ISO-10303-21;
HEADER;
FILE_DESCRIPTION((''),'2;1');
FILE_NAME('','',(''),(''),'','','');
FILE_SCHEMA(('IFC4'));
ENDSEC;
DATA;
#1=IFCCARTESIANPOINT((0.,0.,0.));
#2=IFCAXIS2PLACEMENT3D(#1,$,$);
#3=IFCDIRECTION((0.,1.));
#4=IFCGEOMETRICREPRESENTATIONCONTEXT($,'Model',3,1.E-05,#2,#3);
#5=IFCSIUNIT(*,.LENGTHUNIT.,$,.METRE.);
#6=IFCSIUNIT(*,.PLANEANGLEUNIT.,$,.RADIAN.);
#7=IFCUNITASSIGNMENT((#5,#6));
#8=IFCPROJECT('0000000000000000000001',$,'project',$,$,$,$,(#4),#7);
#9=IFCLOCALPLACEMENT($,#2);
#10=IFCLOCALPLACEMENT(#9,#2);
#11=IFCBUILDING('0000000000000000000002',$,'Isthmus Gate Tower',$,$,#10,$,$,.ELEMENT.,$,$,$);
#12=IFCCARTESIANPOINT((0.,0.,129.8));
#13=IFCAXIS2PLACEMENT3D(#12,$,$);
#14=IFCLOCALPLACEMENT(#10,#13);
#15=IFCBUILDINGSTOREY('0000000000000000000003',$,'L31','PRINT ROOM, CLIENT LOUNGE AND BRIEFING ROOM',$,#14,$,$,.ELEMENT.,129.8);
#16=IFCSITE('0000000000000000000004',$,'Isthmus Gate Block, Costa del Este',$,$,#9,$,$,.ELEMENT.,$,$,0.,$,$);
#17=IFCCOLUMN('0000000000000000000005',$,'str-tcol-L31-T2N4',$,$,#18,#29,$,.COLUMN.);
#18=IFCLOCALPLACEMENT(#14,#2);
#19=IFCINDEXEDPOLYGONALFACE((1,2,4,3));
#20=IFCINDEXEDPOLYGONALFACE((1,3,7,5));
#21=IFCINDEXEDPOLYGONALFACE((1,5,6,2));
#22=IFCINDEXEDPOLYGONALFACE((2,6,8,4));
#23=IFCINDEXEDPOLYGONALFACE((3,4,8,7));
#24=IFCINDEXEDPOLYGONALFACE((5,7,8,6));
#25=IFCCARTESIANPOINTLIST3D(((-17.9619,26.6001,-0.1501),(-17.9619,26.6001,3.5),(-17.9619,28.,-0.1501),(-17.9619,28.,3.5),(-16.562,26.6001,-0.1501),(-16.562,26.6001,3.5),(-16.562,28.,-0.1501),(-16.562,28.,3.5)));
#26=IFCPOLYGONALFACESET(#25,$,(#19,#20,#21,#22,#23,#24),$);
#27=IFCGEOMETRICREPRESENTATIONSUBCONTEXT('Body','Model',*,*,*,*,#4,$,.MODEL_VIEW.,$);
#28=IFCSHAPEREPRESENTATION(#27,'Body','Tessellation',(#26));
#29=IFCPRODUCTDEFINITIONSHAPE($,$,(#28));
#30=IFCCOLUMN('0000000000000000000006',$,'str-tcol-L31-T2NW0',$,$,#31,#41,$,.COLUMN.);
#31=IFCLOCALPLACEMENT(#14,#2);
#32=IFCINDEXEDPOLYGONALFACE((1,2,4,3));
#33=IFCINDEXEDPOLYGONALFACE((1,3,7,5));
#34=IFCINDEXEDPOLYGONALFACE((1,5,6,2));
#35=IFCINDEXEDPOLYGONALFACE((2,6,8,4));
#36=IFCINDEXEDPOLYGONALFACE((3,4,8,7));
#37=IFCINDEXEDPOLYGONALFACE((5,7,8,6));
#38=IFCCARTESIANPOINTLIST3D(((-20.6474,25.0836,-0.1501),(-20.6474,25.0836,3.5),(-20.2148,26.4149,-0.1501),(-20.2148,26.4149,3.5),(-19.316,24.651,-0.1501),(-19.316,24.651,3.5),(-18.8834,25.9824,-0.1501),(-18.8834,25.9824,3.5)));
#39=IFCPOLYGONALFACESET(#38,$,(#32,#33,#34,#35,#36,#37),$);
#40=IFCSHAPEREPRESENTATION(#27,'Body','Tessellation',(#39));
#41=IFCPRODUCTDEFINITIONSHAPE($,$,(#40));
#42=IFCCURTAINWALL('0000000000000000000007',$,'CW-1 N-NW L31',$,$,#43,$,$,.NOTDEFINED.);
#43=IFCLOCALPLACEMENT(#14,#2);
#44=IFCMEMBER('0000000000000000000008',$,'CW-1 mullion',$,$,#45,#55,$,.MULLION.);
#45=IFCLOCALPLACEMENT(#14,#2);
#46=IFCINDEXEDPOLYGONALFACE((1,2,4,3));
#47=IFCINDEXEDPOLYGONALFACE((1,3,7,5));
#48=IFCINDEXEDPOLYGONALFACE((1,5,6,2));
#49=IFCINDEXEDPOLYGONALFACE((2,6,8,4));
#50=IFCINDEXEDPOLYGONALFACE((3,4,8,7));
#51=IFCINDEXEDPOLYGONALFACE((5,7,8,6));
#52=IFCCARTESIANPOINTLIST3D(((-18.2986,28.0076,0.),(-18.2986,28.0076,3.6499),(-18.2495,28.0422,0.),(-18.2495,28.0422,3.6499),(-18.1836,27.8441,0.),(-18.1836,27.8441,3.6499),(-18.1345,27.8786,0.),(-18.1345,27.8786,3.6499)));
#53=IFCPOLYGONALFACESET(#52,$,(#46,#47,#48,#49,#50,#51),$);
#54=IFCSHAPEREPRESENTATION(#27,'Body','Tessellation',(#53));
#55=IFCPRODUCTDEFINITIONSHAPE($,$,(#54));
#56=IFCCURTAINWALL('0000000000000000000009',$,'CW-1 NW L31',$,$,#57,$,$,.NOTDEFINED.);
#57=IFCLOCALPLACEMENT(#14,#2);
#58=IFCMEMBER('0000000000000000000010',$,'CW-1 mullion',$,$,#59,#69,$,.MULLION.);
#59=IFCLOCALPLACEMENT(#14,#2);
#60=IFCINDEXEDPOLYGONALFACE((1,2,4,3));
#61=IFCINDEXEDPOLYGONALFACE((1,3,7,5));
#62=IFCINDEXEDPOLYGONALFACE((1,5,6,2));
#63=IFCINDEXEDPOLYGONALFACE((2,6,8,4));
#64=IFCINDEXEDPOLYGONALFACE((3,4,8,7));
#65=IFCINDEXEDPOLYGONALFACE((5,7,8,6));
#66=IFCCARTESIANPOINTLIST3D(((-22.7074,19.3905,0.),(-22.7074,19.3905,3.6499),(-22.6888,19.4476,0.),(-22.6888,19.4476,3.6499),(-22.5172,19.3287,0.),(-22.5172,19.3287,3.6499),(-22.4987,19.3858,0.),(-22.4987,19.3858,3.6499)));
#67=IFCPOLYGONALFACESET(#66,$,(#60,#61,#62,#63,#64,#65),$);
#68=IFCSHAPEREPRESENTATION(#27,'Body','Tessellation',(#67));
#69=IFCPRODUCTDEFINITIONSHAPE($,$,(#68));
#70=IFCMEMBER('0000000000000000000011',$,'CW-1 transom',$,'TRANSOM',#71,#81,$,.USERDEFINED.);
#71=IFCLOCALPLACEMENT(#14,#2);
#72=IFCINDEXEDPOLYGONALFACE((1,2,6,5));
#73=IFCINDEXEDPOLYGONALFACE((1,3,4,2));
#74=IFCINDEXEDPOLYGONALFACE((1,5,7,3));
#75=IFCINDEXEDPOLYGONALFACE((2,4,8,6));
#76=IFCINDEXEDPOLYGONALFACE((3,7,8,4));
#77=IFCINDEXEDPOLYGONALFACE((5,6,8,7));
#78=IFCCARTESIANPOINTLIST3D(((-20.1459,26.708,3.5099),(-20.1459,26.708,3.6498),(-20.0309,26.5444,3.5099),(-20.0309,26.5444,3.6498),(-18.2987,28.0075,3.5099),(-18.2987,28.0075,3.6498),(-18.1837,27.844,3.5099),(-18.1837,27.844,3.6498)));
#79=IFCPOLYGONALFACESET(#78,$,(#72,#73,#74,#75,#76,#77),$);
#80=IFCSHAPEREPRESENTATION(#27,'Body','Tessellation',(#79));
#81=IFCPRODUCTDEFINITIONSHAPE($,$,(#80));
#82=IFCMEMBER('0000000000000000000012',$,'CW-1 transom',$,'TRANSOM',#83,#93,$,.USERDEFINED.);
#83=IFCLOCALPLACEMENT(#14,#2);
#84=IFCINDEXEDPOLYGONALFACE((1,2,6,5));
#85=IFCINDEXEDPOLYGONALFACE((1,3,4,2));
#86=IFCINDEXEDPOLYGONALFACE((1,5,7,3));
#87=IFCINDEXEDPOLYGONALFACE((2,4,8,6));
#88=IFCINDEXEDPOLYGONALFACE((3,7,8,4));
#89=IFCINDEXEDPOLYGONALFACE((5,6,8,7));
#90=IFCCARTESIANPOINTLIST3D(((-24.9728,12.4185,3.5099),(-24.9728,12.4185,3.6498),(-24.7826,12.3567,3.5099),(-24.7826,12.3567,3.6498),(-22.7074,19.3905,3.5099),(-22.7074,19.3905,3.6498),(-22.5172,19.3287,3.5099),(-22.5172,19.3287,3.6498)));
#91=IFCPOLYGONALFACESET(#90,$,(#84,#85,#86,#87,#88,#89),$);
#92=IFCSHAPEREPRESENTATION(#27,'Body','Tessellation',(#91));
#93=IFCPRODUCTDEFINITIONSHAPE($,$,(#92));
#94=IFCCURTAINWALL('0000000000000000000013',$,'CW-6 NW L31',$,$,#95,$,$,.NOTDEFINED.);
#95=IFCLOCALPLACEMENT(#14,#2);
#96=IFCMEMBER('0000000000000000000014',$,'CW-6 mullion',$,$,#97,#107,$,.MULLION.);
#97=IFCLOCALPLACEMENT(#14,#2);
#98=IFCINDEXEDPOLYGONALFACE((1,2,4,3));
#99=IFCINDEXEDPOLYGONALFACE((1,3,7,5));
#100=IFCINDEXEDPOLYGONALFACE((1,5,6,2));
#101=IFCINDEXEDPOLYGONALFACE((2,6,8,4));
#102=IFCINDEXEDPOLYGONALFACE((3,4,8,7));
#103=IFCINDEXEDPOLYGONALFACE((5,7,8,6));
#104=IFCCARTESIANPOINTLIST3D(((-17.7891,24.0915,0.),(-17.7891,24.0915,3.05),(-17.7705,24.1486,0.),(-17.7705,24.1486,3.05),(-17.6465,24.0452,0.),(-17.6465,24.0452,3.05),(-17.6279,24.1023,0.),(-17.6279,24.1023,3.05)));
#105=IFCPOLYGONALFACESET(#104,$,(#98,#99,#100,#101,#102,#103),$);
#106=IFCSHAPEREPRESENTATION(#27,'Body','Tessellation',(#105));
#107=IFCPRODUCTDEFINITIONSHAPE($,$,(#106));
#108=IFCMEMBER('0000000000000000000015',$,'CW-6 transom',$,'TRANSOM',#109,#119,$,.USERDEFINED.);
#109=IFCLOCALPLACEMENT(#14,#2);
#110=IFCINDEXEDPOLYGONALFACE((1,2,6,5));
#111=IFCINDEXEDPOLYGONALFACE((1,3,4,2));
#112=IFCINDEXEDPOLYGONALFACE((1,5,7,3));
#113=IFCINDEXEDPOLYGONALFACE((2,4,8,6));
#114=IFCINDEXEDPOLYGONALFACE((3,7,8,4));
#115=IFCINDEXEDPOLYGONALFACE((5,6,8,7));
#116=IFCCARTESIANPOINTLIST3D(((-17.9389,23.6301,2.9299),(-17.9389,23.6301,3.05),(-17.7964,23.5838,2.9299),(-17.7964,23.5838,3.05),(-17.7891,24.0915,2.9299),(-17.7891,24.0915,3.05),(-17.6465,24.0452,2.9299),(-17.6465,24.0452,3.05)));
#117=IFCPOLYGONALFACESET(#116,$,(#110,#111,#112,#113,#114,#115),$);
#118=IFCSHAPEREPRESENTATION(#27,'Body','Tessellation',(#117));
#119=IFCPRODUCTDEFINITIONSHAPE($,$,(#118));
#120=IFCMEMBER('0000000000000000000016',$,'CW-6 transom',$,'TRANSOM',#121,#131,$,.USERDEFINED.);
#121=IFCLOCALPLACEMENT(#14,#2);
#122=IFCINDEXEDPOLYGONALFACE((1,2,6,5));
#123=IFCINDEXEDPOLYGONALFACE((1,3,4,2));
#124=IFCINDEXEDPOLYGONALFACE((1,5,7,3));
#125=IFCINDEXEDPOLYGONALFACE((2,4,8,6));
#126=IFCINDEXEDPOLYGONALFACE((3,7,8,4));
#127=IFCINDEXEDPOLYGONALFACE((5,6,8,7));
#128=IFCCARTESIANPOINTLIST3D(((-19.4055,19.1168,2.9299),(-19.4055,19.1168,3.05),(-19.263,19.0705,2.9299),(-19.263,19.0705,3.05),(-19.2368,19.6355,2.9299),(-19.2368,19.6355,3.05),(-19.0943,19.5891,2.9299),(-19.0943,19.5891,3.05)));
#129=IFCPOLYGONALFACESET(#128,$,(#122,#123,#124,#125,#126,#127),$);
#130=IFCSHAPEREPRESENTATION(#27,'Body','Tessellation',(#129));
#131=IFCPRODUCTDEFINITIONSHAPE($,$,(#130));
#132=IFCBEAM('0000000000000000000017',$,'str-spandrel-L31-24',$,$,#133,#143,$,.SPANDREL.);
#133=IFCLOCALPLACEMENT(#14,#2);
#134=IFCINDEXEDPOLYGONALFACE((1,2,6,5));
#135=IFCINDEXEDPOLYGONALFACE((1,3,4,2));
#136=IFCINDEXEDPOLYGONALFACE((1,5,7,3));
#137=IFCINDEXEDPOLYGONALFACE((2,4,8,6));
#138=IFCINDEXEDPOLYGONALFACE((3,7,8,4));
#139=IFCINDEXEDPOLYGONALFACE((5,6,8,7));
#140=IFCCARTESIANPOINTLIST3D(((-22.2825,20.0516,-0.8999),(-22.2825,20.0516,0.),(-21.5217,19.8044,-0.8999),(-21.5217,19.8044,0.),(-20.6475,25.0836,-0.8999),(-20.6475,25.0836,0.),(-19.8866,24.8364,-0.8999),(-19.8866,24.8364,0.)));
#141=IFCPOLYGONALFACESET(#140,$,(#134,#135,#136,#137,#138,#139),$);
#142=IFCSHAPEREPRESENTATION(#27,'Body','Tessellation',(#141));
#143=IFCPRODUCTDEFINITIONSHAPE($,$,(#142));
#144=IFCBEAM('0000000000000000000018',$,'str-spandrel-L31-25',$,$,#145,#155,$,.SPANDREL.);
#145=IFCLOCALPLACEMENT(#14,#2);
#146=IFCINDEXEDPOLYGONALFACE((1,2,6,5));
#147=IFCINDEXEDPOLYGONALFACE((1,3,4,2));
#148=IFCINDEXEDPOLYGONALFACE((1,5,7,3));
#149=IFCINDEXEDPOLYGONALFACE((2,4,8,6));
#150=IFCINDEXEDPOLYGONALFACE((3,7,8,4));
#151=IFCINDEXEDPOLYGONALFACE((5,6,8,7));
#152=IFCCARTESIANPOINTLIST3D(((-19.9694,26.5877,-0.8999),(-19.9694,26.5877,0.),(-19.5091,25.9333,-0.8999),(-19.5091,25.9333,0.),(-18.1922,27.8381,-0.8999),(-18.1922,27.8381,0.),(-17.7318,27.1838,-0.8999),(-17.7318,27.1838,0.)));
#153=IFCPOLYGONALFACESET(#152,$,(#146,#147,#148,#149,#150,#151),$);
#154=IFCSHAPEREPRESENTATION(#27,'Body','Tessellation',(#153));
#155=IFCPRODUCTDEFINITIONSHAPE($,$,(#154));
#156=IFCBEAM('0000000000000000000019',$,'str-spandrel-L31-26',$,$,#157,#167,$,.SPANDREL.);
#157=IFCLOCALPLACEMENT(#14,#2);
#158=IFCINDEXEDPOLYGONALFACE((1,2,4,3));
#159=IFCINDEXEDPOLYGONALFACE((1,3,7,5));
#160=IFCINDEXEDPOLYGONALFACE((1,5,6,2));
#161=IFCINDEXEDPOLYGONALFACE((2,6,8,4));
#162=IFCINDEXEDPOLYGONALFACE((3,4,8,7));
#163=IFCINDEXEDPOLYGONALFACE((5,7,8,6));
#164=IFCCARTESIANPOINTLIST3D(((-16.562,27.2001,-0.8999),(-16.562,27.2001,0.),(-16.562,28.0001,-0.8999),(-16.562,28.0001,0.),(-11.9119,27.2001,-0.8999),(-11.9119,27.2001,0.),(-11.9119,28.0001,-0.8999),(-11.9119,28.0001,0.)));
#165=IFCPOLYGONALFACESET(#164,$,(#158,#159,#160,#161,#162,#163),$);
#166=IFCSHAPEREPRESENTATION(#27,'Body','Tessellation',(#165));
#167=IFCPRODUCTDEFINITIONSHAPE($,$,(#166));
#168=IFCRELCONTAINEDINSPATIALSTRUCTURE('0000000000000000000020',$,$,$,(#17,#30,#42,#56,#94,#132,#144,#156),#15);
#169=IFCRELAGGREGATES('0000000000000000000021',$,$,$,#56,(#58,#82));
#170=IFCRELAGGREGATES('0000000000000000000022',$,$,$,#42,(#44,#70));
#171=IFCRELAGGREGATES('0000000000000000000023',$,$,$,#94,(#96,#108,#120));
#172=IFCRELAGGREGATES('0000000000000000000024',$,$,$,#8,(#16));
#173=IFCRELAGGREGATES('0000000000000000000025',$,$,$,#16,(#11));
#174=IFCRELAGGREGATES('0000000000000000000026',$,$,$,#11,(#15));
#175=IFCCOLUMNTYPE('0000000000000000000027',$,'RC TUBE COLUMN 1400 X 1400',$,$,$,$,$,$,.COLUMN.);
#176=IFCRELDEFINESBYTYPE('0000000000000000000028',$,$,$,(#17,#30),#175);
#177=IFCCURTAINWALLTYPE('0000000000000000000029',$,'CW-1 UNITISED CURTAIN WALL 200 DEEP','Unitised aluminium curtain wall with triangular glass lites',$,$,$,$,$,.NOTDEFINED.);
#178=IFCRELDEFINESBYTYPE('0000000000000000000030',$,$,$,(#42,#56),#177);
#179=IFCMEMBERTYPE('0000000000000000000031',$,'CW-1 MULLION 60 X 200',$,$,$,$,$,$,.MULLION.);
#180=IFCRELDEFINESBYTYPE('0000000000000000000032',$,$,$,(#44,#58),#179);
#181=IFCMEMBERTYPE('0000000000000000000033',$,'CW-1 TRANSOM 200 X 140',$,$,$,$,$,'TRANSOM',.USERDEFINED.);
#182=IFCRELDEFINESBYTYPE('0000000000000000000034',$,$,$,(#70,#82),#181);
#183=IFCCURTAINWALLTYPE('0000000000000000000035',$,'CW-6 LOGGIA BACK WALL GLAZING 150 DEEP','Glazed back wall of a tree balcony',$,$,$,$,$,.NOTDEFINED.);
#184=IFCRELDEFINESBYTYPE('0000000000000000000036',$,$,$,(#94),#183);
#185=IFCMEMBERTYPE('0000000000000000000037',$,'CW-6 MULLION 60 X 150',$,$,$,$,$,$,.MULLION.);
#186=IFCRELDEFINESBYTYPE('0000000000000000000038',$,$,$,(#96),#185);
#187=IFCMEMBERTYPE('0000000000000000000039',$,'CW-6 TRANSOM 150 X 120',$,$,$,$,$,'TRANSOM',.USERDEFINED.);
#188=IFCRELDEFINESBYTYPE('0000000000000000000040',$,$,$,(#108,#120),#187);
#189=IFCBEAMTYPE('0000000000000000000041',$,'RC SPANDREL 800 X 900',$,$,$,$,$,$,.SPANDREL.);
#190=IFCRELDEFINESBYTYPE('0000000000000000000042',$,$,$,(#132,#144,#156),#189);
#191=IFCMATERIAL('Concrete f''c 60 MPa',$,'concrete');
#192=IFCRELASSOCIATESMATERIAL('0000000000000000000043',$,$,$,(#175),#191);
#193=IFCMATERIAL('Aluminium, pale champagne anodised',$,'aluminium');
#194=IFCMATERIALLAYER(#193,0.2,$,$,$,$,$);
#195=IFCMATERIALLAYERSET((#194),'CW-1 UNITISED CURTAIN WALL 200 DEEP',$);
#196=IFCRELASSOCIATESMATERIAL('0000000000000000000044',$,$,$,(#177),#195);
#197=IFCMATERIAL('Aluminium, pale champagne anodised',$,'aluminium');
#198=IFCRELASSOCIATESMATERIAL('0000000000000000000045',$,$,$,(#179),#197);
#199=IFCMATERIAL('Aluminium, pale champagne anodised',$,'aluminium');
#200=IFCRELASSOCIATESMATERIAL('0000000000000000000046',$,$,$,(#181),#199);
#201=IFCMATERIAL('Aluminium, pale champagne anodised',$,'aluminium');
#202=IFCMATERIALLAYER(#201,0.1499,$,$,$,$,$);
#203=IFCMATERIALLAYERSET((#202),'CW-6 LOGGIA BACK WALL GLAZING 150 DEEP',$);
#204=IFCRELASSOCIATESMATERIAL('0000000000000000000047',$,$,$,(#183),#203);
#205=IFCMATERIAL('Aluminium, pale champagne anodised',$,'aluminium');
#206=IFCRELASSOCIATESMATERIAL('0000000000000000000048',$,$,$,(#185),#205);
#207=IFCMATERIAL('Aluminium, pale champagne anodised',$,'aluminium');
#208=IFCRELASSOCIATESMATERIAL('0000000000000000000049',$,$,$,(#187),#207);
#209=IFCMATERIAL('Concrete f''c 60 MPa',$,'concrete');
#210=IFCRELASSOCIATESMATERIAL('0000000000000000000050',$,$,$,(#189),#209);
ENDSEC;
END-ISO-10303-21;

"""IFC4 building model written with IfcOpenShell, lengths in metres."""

from ifc_helpers import new_model, si_unit, direction, frame, origin, origin_2d, place, context, subcontext, project, spatial, rectangle, extrude, material, layer, layer_set, material_profile, profile_set, type_object, element, aggregate, save


model = new_model("IFC4")

# Units and contexts
model_context = context("Model", 3, precision=1e-05, world=origin(), true_north=direction((0.0, 1.0)))
body_context = subcontext(model_context, "Body", "Model", "MODEL_VIEW")
ifc_project = project(units=[si_unit("LENGTHUNIT", "METRE"), si_unit("PLANEANGLEUNIT", "RADIAN")], contexts=[model_context])

# Site, building, storey
site_placement = place(None, origin())
site = spatial("IfcSite", under=ifc_project, at=site_placement, Name="Isthmus Gate Block, Costa del Este", CompositionType="ELEMENT", RefElevation=0.0)
building_placement = place(site_placement, origin())
building = spatial("IfcBuilding", under=site, at=building_placement, Name="Isthmus Gate Tower", CompositionType="ELEMENT")
storey_placement = place(building_placement, frame((0.0, 0.0, 129.8)))
storey = spatial("IfcBuildingStorey", under=building, at=storey_placement, Name="L31", Description="PRINT ROOM, CLIENT LOUNGE AND BRIEFING ROOM", CompositionType="ELEMENT", Elevation=129.8)

# Columns
ifc_material_1 = material(Name="Concrete f'c 60 MPa", Category="concrete")
ifc_material_profile_1 = material_profile(ifc_material_1, rectangle(XDim=1.3999, YDim=1.3999, at=origin_2d()), Name="RC 1400X1400")
ifc_profile_set_1 = profile_set([ifc_material_profile_1], Name="Concrete f'c 60 MPa")
column_type = type_object("IfcColumnType", Name="RC TUBE COLUMN 1400 X 1400", PredefinedType="COLUMN", material=ifc_profile_set_1)
for number, where, z_axis, x_axis, name in (
    (1, (-17.262, 27.3, -0.1501), (0.0, 0.0, 1.0), (-1.0, 0.0, 0.0), "str-tcol-L31-T2N4"),
    (2, (-19.7654, 25.533, -0.1501), (0.0, 0.0, 1.0), (-0.309017, -0.951057, 0.0), "str-tcol-L31-T2NW0"),
):
    element("IfcColumn", number, at=place(storey_placement, frame(where, z_axis=z_axis, x_axis=x_axis)), inside=storey, type_object=column_type, Name=name, PredefinedType="COLUMN", context=body_context, shape_type="SweptSolid", body=[
        extrude(rectangle(XDim=1.3999, YDim=1.3999, at=origin_2d()), origin(), (0.0, 0.0, 1.0), 3.6501),
    ])

# Curtain walls, members
ifc_material_2 = material(Name="Aluminium, pale champagne anodised", Category="aluminium")
ifc_layer_1 = layer(ifc_material_2, 0.2)
ifc_layer_set_1 = layer_set([ifc_layer_1], Name="CW-1 UNITISED CURTAIN WALL 200 DEEP")
curtain_wall_type_1 = type_object("IfcCurtainWallType", Name="CW-1 UNITISED CURTAIN WALL 200 DEEP", Description="Unitised aluminium curtain wall with triangular glass lites", PredefinedType="NOTDEFINED", material=ifc_layer_set_1)
curtain_wall_1_placement = place(storey_placement, origin())
curtain_wall_1 = element("IfcCurtainWall", 3, at=curtain_wall_1_placement, inside=storey, type_object=curtain_wall_type_1, Name="CW-1 N-NW L31", PredefinedType="NOTDEFINED")
ifc_material_3 = material(Name="Aluminium, pale champagne anodised", Category="aluminium")
ifc_material_profile_2 = material_profile(ifc_material_3, rectangle(XDim=0.0601, YDim=0.2, at=origin_2d()), Name="60x200")
ifc_profile_set_2 = profile_set([ifc_material_profile_2], Name="Aluminium, pale champagne anodised")
member_type_1 = type_object("IfcMemberType", Name="CW-1 MULLION 60 X 200", PredefinedType="MULLION", material=ifc_profile_set_2)
member_1_placement = place(storey_placement, frame((-18.2166, 27.9431, 0.0), z_axis=(0.0, 0.0, 1.0), x_axis=(-0.81786, -0.575418, 0.0)))
member_1 = element("IfcMember", 4, at=member_1_placement, type_object=member_type_1, Name="CW-1 mullion", PredefinedType="MULLION", context=body_context, shape_type="SweptSolid", body=[
    extrude(rectangle(XDim=0.0601, YDim=0.2, at=origin_2d()), origin(), (0.0, 0.0, 1.0), 3.6499),
])
curtain_wall_2_placement = place(storey_placement, origin())
curtain_wall_2 = element("IfcCurtainWall", 5, at=curtain_wall_2_placement, inside=storey, type_object=curtain_wall_type_1, Name="CW-1 NW L31", PredefinedType="NOTDEFINED")
member_2_placement = place(storey_placement, frame((-22.603, 19.3882, 0.0), z_axis=(0.0, 0.0, 1.0), x_axis=(-0.309017, -0.951057, 0.0)))
member_2 = element("IfcMember", 6, at=member_2_placement, type_object=member_type_1, Name="CW-1 mullion", PredefinedType="MULLION", context=body_context, shape_type="SweptSolid", body=[
    extrude(rectangle(XDim=0.0601, YDim=0.2, at=origin_2d()), origin(), (0.0, 0.0, 1.0), 3.6499),
])

# Members
ifc_material_4 = material(Name="Aluminium, pale champagne anodised", Category="aluminium")
ifc_material_profile_3 = material_profile(ifc_material_4, rectangle(XDim=0.2, YDim=0.1399, at=origin_2d()), Name="200x140")
ifc_profile_set_3 = profile_set([ifc_material_profile_3], Name="Aluminium, pale champagne anodised")
member_type_2 = type_object("IfcMemberType", Name="CW-1 TRANSOM 200 X 140", ElementType="TRANSOM", PredefinedType="USERDEFINED", material=ifc_profile_set_3)
member_3_placement = place(storey_placement, frame((-18.2412, 27.9258, 3.5798), z_axis=(-0.817869, -0.575405, 0.0), x_axis=(0.575405, -0.817869, 0.0)))
member_3 = element("IfcMember", 7, at=member_3_placement, type_object=member_type_2, Name="CW-1 transom", ObjectType="TRANSOM", PredefinedType="USERDEFINED", context=body_context, shape_type="SweptSolid", body=[
    extrude(rectangle(XDim=0.2, YDim=0.1399, at=origin_2d()), origin(), (0.0, 0.0, 1.0), 2.2585),
])
member_4_placement = place(storey_placement, frame((-22.6123, 19.3596, 3.5798), z_axis=(-0.309025, -0.951054, 0.0), x_axis=(0.951054, -0.309025, 0.0)))
member_4 = element("IfcMember", 8, at=member_4_placement, type_object=member_type_2, Name="CW-1 transom", ObjectType="TRANSOM", PredefinedType="USERDEFINED", context=body_context, shape_type="SweptSolid", body=[
    extrude(rectangle(XDim=0.2, YDim=0.1399, at=origin_2d()), origin(), (0.0, 0.0, 1.0), 7.3308),
])
aggregate(curtain_wall_2, [member_2, member_4])

# Curtain wall, members
ifc_material_5 = material(Name="Aluminium, pale champagne anodised", Category="aluminium")
ifc_layer_2 = layer(ifc_material_5, 0.1499)
ifc_layer_set_2 = layer_set([ifc_layer_2], Name="CW-6 LOGGIA BACK WALL GLAZING 150 DEEP")
curtain_wall_type_2 = type_object("IfcCurtainWallType", Name="CW-6 LOGGIA BACK WALL GLAZING 150 DEEP", Description="Glazed back wall of a tree balcony", PredefinedType="NOTDEFINED", material=ifc_layer_set_2)
curtain_wall_3_placement = place(storey_placement, origin())
curtain_wall_3 = element("IfcCurtainWall", 9, at=curtain_wall_3_placement, inside=storey, type_object=curtain_wall_type_2, Name="CW-6 NW L31", PredefinedType="NOTDEFINED")
ifc_material_6 = material(Name="Aluminium, pale champagne anodised", Category="aluminium")
ifc_material_profile_4 = material_profile(ifc_material_6, rectangle(XDim=0.0601, YDim=0.1499, at=origin_2d()), Name="60x150")
ifc_profile_set_4 = profile_set([ifc_material_profile_4], Name="Aluminium, pale champagne anodised")
member_type_3 = type_object("IfcMemberType", Name="CW-6 MULLION 60 X 150", PredefinedType="MULLION", material=ifc_profile_set_4)
member_5_placement = place(storey_placement, frame((-17.7085, 24.0969, 0.0), z_axis=(0.0, 0.0, 1.0), x_axis=(-0.309017, -0.951057, 0.0)))
member_5 = element("IfcMember", 10, at=member_5_placement, type_object=member_type_3, Name="CW-6 mullion", PredefinedType="MULLION", context=body_context, shape_type="SweptSolid", body=[
    extrude(rectangle(XDim=0.0601, YDim=0.1499, at=origin_2d()), origin(), (0.0, 0.0, 1.0), 3.05),
])
ifc_material_7 = material(Name="Aluminium, pale champagne anodised", Category="aluminium")
ifc_material_profile_5 = material_profile(ifc_material_7, rectangle(XDim=0.1499, YDim=0.1201, at=origin_2d()), Name="150x120")
ifc_profile_set_5 = profile_set([ifc_material_profile_5], Name="Aluminium, pale champagne anodised")
member_type_4 = type_object("IfcMemberType", Name="CW-6 TRANSOM 150 X 120", ElementType="TRANSOM", PredefinedType="USERDEFINED", material=ifc_profile_set_5)
member_6_placement = place(storey_placement, frame((-17.7178, 24.0684, 2.99), z_axis=(-0.308972, -0.951071, 0.0), x_axis=(0.951071, -0.308972, 0.0)))
member_6 = element("IfcMember", 11, at=member_6_placement, type_object=member_type_4, Name="CW-6 transom", ObjectType="TRANSOM", PredefinedType="USERDEFINED", context=body_context, shape_type="SweptSolid", body=[
    extrude(rectangle(XDim=0.1499, YDim=0.1201, at=origin_2d()), origin(), (0.0, 0.0, 1.0), 0.4851),
])
member_7_placement = place(storey_placement, frame((-19.1655, 19.6123, 2.99), z_axis=(-0.30937, -0.950942, 0.0), x_axis=(0.950942, -0.30937, 0.0)))
member_7 = element("IfcMember", 12, at=member_7_placement, type_object=member_type_4, Name="CW-6 transom", ObjectType="TRANSOM", PredefinedType="USERDEFINED", context=body_context, shape_type="SweptSolid", body=[
    extrude(rectangle(XDim=0.1499, YDim=0.1201, at=origin_2d()), origin(), (0.0, 0.0, 1.0), 0.5454),
])

# Beams
ifc_material_8 = material(Name="Concrete f'c 60 MPa", Category="concrete")
ifc_material_profile_6 = material_profile(ifc_material_8, rectangle(XDim=0.8, YDim=0.8999, at=origin_2d()), Name="RC 800X900")
ifc_profile_set_6 = profile_set([ifc_material_profile_6], Name="Concrete f'c 60 MPa")
beam_type_1 = type_object("IfcBeamType", Name="RC SPANDREL 800 X 900", PredefinedType="SPANDREL", material=ifc_profile_set_6)
beam_1_placement = place(storey_placement, frame((-21.9021, 19.928, -0.45), z_axis=(0.30902, 0.951055, 0.0), x_axis=(-0.951055, 0.30902, 0.0)))
element("IfcBeam", 13, at=beam_1_placement, inside=storey, type_object=beam_type_1, Name="str-spandrel-L31-24", PredefinedType="SPANDREL", context=body_context, shape_type="SweptSolid", body=[
    extrude(rectangle(XDim=0.8, YDim=0.8999, at=origin_2d()), origin(), (0.0, 0.0, 1.0), 5.291),
])
beam_2_placement = place(storey_placement, frame((-19.7393, 26.2605, -0.45), z_axis=(0.817857, 0.575421, 0.0), x_axis=(-0.575421, 0.817857, 0.0)))
element("IfcBeam", 14, at=beam_2_placement, inside=storey, type_object=beam_type_1, Name="str-spandrel-L31-25", PredefinedType="SPANDREL", context=body_context, shape_type="SweptSolid", body=[
    extrude(rectangle(XDim=0.8, YDim=0.8999, at=origin_2d()), origin(), (0.0, 0.0, 1.0), 2.1731),
])
beam_3_placement = place(storey_placement, frame((-16.562, 27.6001, -0.45), z_axis=(1.0, 0.0, 0.0), x_axis=(0.0, 1.0, 0.0)))
element("IfcBeam", 15, at=beam_3_placement, inside=storey, type_object=beam_type_1, Name="str-spandrel-L31-26", PredefinedType="SPANDREL", context=body_context, shape_type="SweptSolid", body=[
    extrude(rectangle(XDim=0.8, YDim=0.8999, at=origin_2d()), origin(), (0.0, 0.0, 1.0), 4.6501),
])

aggregate(curtain_wall_1, [member_1, member_3])
aggregate(curtain_wall_3, [member_5, member_6, member_7])

save(model, "model.ifc")
